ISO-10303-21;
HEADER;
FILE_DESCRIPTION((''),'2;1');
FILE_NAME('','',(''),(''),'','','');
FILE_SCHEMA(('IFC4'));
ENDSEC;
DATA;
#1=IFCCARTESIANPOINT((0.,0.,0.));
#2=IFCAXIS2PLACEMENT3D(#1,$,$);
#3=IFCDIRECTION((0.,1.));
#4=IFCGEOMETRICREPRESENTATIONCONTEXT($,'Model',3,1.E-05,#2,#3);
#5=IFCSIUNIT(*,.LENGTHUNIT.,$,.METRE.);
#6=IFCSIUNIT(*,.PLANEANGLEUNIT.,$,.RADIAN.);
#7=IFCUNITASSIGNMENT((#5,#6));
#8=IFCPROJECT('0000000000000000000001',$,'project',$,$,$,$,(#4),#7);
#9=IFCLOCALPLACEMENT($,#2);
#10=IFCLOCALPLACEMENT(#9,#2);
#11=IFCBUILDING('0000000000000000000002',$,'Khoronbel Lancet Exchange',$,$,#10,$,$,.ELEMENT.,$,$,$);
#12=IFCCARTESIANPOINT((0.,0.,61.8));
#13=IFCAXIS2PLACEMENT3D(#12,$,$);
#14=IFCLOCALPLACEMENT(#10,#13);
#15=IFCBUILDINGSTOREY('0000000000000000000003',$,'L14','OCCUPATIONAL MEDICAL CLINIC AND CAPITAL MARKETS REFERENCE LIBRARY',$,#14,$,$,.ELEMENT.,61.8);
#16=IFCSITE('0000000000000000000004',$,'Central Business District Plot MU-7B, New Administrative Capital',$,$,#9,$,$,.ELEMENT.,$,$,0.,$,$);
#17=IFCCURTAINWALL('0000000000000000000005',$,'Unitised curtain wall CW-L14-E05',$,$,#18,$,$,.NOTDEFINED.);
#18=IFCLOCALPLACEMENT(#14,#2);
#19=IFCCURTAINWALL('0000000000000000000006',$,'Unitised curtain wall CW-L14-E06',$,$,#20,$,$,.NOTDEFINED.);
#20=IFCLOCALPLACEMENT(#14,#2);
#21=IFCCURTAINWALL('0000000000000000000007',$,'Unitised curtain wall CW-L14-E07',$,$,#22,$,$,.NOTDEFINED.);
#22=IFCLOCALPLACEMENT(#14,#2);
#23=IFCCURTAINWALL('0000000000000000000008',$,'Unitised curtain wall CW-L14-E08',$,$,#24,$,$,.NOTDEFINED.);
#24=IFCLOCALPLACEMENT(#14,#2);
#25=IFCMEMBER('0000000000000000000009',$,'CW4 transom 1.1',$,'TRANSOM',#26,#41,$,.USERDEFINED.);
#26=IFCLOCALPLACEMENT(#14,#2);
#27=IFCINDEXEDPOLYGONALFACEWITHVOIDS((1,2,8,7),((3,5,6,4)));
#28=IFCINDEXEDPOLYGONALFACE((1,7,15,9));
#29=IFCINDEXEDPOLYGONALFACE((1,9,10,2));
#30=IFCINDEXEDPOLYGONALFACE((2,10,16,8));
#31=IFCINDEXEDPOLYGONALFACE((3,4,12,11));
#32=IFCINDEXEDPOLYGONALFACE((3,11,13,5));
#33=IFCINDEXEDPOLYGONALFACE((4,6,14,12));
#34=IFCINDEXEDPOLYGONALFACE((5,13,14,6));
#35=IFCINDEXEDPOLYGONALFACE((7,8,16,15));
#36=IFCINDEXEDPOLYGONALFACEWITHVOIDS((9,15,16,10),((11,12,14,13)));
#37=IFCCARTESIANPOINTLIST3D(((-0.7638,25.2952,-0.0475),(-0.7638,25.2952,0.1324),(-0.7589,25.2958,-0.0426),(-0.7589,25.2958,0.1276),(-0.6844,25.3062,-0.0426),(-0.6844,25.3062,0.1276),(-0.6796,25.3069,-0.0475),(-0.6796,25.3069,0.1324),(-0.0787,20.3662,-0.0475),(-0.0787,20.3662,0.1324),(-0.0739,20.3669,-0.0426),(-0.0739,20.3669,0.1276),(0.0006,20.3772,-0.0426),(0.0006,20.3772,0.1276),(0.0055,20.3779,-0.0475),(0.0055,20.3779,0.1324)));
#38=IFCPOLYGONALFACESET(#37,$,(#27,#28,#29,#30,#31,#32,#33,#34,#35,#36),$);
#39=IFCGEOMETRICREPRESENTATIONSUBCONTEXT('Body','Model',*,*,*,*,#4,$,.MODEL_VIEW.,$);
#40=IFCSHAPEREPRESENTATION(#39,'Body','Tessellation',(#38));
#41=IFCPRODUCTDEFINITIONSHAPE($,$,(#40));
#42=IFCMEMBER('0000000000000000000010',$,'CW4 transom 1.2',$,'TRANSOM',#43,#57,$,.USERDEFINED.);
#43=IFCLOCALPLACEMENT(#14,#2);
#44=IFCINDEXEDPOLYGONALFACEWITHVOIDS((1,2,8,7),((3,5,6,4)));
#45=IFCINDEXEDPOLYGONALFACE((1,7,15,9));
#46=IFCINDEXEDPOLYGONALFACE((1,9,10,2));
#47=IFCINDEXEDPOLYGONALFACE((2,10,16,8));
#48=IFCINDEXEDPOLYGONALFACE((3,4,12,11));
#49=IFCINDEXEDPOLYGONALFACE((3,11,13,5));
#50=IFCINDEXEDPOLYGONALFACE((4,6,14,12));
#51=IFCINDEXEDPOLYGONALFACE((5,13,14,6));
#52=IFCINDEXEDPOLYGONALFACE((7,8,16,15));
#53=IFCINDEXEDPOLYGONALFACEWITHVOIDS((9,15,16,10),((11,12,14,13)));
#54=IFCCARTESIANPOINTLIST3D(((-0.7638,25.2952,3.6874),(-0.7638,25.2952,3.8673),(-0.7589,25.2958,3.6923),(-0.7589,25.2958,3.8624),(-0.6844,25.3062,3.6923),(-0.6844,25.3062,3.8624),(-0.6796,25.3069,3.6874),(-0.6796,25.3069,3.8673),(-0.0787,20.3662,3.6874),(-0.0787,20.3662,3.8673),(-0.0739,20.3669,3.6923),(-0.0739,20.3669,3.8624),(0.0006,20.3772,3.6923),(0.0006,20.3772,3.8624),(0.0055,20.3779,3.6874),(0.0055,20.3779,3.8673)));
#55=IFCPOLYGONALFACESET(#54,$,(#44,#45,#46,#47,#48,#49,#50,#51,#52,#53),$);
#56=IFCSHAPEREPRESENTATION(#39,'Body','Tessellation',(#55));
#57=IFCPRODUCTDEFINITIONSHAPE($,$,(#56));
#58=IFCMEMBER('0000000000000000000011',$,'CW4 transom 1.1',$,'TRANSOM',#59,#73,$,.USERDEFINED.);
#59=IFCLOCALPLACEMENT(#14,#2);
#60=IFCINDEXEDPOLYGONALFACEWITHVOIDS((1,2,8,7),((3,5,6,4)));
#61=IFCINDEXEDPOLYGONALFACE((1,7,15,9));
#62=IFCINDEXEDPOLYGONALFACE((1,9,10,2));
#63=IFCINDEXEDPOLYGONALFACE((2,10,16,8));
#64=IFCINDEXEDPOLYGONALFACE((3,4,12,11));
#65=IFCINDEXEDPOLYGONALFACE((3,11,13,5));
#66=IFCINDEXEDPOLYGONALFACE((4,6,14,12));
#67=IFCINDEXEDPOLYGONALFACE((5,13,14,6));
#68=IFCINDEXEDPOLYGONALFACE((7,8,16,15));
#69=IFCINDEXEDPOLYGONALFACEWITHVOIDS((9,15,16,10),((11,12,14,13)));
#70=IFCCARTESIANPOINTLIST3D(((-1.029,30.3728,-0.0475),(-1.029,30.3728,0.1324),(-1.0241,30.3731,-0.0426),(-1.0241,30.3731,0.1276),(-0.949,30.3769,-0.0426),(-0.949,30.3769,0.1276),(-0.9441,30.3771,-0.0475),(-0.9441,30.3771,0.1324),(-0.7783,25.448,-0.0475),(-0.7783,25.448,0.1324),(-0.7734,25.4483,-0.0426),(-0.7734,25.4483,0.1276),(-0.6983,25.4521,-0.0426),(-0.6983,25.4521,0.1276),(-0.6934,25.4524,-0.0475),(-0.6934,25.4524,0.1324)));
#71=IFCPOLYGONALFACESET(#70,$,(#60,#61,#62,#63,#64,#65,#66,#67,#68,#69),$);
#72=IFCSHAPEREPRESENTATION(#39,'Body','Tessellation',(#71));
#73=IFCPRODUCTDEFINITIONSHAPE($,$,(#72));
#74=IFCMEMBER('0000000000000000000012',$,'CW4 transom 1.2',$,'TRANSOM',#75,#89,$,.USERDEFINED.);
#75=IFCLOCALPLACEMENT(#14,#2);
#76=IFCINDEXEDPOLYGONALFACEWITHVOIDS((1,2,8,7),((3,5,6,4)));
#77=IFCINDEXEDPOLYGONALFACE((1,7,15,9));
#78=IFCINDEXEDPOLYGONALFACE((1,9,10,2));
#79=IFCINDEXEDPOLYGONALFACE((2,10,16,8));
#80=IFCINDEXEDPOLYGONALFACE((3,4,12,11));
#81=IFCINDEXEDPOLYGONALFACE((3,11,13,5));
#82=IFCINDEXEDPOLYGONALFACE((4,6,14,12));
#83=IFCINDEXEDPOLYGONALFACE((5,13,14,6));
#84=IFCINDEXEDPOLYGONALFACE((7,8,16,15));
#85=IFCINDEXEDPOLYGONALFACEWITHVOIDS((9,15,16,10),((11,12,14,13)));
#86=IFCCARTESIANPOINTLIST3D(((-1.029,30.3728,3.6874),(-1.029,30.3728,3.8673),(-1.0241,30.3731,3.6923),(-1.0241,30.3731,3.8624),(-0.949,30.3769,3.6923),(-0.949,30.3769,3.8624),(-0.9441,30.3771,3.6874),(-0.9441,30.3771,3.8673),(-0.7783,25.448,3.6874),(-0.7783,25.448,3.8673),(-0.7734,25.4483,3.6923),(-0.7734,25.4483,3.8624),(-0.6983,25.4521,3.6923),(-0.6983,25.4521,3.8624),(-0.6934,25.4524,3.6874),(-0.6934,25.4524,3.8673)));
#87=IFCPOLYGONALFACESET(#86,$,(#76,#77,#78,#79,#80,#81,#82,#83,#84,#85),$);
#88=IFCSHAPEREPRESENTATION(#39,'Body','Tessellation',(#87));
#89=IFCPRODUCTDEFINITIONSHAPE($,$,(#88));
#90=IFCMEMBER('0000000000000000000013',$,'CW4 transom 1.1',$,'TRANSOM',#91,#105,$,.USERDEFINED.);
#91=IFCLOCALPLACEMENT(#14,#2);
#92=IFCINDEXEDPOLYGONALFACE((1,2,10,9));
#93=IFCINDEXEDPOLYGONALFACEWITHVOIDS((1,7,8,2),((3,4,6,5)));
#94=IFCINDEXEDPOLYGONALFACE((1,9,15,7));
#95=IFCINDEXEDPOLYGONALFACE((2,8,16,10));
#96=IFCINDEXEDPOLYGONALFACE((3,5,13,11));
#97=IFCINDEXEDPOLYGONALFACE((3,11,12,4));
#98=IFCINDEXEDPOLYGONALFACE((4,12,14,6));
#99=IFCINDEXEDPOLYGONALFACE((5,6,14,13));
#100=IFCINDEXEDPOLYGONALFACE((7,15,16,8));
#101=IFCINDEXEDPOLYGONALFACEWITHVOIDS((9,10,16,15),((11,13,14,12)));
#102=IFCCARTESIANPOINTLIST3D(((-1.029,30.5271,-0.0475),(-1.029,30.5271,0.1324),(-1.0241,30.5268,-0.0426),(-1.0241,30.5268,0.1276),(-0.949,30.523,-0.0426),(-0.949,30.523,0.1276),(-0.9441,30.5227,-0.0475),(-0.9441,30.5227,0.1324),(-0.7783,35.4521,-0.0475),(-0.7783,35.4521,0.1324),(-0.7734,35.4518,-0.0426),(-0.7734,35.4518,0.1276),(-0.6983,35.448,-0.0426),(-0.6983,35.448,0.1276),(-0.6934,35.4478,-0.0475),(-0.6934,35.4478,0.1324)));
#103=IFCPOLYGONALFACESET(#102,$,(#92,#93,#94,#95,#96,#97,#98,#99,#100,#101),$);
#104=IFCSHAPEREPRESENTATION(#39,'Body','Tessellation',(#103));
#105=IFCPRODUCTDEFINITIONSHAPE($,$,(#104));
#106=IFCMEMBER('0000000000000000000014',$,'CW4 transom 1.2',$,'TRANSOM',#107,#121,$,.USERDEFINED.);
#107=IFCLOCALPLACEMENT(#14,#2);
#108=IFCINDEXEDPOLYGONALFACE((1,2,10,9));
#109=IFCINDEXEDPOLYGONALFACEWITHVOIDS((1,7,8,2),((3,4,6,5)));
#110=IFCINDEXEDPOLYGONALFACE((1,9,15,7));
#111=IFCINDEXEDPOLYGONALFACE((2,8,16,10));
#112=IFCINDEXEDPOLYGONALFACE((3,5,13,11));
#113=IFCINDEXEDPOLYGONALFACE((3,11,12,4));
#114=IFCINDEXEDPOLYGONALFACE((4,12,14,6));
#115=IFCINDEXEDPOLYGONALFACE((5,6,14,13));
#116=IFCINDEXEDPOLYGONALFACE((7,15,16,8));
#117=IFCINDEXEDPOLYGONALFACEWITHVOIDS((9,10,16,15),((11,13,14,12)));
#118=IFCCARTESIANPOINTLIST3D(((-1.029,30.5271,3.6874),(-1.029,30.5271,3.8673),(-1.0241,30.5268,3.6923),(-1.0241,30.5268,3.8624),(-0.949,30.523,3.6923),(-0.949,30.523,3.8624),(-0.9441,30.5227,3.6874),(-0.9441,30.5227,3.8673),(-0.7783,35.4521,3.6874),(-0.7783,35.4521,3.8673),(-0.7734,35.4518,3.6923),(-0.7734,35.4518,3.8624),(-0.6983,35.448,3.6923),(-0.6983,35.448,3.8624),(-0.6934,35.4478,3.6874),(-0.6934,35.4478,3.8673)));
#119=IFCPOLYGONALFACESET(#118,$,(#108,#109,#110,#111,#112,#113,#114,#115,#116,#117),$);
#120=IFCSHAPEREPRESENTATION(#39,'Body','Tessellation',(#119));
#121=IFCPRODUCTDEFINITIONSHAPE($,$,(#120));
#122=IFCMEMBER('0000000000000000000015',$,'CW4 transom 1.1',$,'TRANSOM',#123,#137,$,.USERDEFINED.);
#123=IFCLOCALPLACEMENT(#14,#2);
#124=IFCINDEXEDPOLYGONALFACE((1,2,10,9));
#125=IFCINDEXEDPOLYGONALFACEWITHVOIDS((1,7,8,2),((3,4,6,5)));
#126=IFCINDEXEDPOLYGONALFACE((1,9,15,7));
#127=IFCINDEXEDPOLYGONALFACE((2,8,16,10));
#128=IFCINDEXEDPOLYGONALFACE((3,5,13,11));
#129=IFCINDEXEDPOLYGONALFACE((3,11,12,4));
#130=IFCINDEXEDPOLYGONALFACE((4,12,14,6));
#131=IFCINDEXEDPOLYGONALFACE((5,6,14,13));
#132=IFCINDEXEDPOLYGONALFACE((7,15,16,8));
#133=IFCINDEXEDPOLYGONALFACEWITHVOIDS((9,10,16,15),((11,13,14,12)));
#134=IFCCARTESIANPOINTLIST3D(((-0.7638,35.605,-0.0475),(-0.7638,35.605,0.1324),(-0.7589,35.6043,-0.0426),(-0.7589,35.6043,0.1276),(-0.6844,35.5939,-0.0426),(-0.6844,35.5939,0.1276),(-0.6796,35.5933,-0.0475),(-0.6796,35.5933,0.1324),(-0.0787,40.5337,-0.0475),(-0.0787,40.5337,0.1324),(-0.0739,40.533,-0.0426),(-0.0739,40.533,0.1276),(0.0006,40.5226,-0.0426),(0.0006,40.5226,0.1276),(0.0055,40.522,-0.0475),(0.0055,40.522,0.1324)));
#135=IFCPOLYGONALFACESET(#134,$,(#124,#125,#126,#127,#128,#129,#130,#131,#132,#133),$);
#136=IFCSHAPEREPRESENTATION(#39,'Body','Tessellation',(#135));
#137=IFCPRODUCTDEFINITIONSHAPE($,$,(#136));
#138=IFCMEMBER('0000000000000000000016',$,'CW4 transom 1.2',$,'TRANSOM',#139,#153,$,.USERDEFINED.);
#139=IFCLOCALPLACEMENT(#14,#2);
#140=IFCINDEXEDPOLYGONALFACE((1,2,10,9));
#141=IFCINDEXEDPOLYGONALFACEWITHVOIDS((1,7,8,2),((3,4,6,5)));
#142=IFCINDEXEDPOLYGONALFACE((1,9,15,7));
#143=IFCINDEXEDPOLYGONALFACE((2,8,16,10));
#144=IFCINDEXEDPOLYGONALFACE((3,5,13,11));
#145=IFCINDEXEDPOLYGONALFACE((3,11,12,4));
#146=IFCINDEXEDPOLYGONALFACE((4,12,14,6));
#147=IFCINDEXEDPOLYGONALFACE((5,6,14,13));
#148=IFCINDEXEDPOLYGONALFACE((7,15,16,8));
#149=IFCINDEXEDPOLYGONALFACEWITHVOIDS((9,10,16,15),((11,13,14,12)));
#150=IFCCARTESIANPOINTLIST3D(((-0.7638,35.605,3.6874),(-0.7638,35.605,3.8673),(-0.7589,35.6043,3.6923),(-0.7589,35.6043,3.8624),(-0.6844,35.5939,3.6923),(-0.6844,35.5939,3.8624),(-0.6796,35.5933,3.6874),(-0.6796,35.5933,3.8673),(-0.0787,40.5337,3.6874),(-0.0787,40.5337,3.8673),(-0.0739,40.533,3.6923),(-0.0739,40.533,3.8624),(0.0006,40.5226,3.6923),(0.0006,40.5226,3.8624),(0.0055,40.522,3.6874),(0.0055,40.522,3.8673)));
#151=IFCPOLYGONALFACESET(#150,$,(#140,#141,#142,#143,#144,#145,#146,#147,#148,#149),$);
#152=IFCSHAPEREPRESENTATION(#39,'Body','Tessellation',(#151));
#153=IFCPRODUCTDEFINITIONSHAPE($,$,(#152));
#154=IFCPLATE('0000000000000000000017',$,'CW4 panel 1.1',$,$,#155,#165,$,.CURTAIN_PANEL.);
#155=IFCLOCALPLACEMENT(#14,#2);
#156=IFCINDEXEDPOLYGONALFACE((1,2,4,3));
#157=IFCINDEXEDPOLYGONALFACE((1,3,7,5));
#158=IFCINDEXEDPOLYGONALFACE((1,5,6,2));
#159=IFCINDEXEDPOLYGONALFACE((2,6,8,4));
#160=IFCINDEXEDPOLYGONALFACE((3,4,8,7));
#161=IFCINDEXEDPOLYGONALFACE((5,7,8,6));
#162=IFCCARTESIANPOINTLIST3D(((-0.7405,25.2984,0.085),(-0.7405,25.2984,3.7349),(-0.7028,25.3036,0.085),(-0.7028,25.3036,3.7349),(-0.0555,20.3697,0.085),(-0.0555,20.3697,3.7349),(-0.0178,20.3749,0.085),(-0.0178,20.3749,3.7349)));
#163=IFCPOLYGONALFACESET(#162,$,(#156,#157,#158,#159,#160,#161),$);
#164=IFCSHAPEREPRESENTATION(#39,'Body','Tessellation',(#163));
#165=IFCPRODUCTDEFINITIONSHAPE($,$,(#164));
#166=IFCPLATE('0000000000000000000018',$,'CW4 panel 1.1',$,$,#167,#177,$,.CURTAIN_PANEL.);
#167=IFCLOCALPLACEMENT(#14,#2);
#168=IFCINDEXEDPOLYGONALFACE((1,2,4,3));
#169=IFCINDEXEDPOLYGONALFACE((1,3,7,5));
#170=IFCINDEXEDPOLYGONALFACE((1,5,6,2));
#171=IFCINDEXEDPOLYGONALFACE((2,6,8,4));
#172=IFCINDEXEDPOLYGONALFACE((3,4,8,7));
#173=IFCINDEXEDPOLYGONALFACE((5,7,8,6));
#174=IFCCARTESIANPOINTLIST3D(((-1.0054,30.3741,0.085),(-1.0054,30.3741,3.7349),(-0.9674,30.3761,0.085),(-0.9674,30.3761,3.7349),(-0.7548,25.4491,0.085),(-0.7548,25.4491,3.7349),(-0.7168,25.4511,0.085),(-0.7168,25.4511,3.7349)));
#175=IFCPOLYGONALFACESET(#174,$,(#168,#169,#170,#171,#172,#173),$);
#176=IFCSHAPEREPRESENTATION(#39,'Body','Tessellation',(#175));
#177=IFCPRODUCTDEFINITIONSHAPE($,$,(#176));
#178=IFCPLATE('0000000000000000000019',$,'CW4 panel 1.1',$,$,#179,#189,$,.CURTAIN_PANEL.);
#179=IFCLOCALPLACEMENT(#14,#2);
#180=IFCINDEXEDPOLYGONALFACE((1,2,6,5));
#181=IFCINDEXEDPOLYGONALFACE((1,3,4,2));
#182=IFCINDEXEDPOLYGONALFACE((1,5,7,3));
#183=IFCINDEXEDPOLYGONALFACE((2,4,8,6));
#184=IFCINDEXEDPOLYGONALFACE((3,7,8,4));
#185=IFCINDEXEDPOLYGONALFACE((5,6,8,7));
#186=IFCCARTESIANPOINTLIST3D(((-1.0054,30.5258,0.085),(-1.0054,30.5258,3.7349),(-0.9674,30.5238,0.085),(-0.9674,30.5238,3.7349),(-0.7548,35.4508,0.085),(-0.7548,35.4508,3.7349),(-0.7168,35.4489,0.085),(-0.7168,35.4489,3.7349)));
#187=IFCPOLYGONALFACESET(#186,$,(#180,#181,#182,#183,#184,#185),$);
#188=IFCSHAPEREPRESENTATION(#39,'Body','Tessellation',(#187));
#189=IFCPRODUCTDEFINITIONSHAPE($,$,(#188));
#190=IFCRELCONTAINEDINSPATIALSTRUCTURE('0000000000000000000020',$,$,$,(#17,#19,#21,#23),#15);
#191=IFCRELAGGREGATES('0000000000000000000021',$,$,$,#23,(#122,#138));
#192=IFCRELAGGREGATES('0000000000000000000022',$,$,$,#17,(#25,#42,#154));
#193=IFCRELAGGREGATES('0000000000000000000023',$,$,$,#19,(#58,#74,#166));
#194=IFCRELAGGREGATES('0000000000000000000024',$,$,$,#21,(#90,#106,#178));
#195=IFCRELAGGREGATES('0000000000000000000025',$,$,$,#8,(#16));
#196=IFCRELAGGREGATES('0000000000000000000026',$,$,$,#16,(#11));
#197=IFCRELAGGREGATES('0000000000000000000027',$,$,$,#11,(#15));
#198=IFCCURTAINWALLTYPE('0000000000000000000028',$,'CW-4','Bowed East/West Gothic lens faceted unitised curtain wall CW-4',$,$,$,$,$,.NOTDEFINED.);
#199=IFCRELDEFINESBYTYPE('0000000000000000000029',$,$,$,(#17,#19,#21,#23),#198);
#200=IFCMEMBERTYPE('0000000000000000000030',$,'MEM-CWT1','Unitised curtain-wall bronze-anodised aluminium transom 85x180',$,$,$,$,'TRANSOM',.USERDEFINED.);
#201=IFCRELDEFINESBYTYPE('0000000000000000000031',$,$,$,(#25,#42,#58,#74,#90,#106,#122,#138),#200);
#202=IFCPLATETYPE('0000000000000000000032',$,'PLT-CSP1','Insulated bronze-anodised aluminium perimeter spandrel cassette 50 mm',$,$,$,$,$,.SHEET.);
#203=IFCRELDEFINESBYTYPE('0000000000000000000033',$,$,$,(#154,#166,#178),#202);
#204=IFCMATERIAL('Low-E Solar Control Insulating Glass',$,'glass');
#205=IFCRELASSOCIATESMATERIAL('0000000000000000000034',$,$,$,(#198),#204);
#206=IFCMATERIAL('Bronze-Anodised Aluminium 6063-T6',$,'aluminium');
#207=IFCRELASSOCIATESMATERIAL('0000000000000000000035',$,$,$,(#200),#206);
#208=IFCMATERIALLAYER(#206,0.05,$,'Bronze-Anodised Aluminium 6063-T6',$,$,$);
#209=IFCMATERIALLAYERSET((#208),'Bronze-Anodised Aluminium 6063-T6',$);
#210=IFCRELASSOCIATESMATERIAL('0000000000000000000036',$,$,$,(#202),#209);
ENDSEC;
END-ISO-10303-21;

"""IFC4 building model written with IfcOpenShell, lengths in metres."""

from ifc_helpers import new_model, si_unit, direction, frame, origin, origin_2d, place, context, subcontext, project, spatial, rectangle, hollow_rectangle, extrude, material, layer, layer_set, material_profile, profile_set, type_object, element, aggregate, save


model = new_model("IFC4")

# Units and contexts
model_context = context("Model", 3, precision=1e-05, world=origin(), true_north=direction((0.0, 1.0)))
body_context = subcontext(model_context, "Body", "Model", "MODEL_VIEW")
ifc_project = project(units=[si_unit("LENGTHUNIT", "METRE"), si_unit("PLANEANGLEUNIT", "RADIAN")], contexts=[model_context])

# Site, building, storey
site_placement = place(None, origin())
site = spatial("IfcSite", under=ifc_project, at=site_placement, Name="Central Business District Plot MU-7B, New Administrative Capital", CompositionType="ELEMENT", RefElevation=0.0)
building_placement = place(site_placement, origin())
building = spatial("IfcBuilding", under=site, at=building_placement, Name="Khoronbel Lancet Exchange", CompositionType="ELEMENT")
storey_placement = place(building_placement, frame((0.0, 0.0, 61.8)))
storey = spatial("IfcBuildingStorey", under=building, at=storey_placement, Name="L14", Description="OCCUPATIONAL MEDICAL CLINIC AND CAPITAL MARKETS REFERENCE LIBRARY", CompositionType="ELEMENT", Elevation=61.8)

# Curtain walls
ifc_material_1 = material(Name="Low-E Solar Control Insulating Glass", Category="glass")
curtain_wall_type = type_object("IfcCurtainWallType", Name="CW-4", Description="Bowed East/West Gothic lens faceted unitised curtain wall CW-4", PredefinedType="NOTDEFINED", material=ifc_material_1)
ifc_material_2 = material(Name="Bronze-Anodised Aluminium 6063-T6", Category="aluminium")
curtain_wall_1_placement = place(storey_placement, origin())
curtain_wall_1 = element("IfcCurtainWall", 1, at=curtain_wall_1_placement, inside=storey, type_object=curtain_wall_type, Name="Unitised curtain wall CW-L14-E05", PredefinedType="NOTDEFINED")
curtain_wall_2_placement = place(storey_placement, origin())
curtain_wall_2 = element("IfcCurtainWall", 2, at=curtain_wall_2_placement, inside=storey, type_object=curtain_wall_type, Name="Unitised curtain wall CW-L14-E06", PredefinedType="NOTDEFINED")
curtain_wall_3_placement = place(storey_placement, origin())
curtain_wall_3 = element("IfcCurtainWall", 3, at=curtain_wall_3_placement, inside=storey, type_object=curtain_wall_type, Name="Unitised curtain wall CW-L14-E07", PredefinedType="NOTDEFINED")

# Curtain wall
curtain_wall_4_placement = place(storey_placement, origin())
curtain_wall_4 = element("IfcCurtainWall", 4, at=curtain_wall_4_placement, inside=storey, type_object=curtain_wall_type, Name="Unitised curtain wall CW-L14-E08", PredefinedType="NOTDEFINED")

# Members
ifc_material_profile_1 = material_profile(ifc_material_2, hollow_rectangle(XDim=0.085, YDim=0.1799, WallThickness=0.0049, at=origin_2d()), Name="ALU TRANSOM 85x180")
ifc_profile_set_1 = profile_set([ifc_material_profile_1], Name="Bronze-Anodised Aluminium 6063-T6")
member_type_1 = type_object("IfcMemberType", Name="MEM-CWT1", Description="Unitised curtain-wall bronze-anodised aluminium transom 85x180", ElementType="TRANSOM", PredefinedType="USERDEFINED", material=ifc_profile_set_1)
member_1_placement = place(storey_placement, frame((-0.0366, 20.3721, 0.0425), z_axis=(-0.137663, 0.990479, 0.0), x_axis=(-0.990479, -0.137663, 0.0)))
member_1 = element("IfcMember", 5, at=member_1_placement, type_object=member_type_1, Name="CW4 transom 1.1", ObjectType="TRANSOM", PredefinedType="USERDEFINED", context=body_context, shape_type="SweptSolid", body=[
    extrude(hollow_rectangle(XDim=0.085, YDim=0.1799, WallThickness=0.0049, at=origin_2d()), origin(), (0.0, 0.0, 1.0), 4.9763),
])
member_2_placement = place(storey_placement, frame((-0.0366, 20.3721, 3.7773), z_axis=(-0.137663, 0.990479, 0.0), x_axis=(-0.990479, -0.137663, 0.0)))
member_2 = element("IfcMember", 6, at=member_2_placement, type_object=member_type_1, Name="CW4 transom 1.2", ObjectType="TRANSOM", PredefinedType="USERDEFINED", context=body_context, shape_type="SweptSolid", body=[
    extrude(hollow_rectangle(XDim=0.085, YDim=0.1799, WallThickness=0.0049, at=origin_2d()), origin(), (0.0, 0.0, 1.0), 4.9763),
])
member_3_placement = place(storey_placement, frame((-0.7358, 25.4502, 0.0425), z_axis=(-0.050846, 0.998706, 0.0), x_axis=(-0.998706, -0.050846, 0.0)))
member_3 = element("IfcMember", 7, at=member_3_placement, type_object=member_type_1, Name="CW4 transom 1.1", ObjectType="TRANSOM", PredefinedType="USERDEFINED", context=body_context, shape_type="SweptSolid", body=[
    extrude(hollow_rectangle(XDim=0.085, YDim=0.1799, WallThickness=0.0049, at=origin_2d()), origin(), (0.0, 0.0, 1.0), 4.9312),
])
member_4_placement = place(storey_placement, frame((-0.7358, 25.4502, 3.7773), z_axis=(-0.050846, 0.998706, 0.0), x_axis=(-0.998706, -0.050846, 0.0)))
member_4 = element("IfcMember", 8, at=member_4_placement, type_object=member_type_1, Name="CW4 transom 1.2", ObjectType="TRANSOM", PredefinedType="USERDEFINED", context=body_context, shape_type="SweptSolid", body=[
    extrude(hollow_rectangle(XDim=0.085, YDim=0.1799, WallThickness=0.0049, at=origin_2d()), origin(), (0.0, 0.0, 1.0), 4.9312),
])
member_5_placement = place(storey_placement, frame((-0.9866, 30.5249, 0.0425), z_axis=(0.050844, 0.998707, 0.0), x_axis=(-0.998707, 0.050844, 0.0)))
member_5 = element("IfcMember", 9, at=member_5_placement, type_object=member_type_1, Name="CW4 transom 1.1", ObjectType="TRANSOM", PredefinedType="USERDEFINED", context=body_context, shape_type="SweptSolid", body=[
    extrude(hollow_rectangle(XDim=0.085, YDim=0.1799, WallThickness=0.0049, at=origin_2d()), origin(), (0.0, 0.0, 1.0), 4.9314),
])
member_6_placement = place(storey_placement, frame((-0.9866, 30.5249, 3.7773), z_axis=(0.050844, 0.998707, 0.0), x_axis=(-0.998707, 0.050844, 0.0)))
member_6 = element("IfcMember", 10, at=member_6_placement, type_object=member_type_1, Name="CW4 transom 1.2", ObjectType="TRANSOM", PredefinedType="USERDEFINED", context=body_context, shape_type="SweptSolid", body=[
    extrude(hollow_rectangle(XDim=0.085, YDim=0.1799, WallThickness=0.0049, at=origin_2d()), origin(), (0.0, 0.0, 1.0), 4.9314),
])
member_7_placement = place(storey_placement, frame((-0.7217, 35.5991, 0.0425), z_axis=(0.13767, 0.990478, 0.0), x_axis=(-0.990478, 0.13767, 0.0)))
member_7 = element("IfcMember", 11, at=member_7_placement, type_object=member_type_1, Name="CW4 transom 1.1", ObjectType="TRANSOM", PredefinedType="USERDEFINED", context=body_context, shape_type="SweptSolid", body=[
    extrude(hollow_rectangle(XDim=0.085, YDim=0.1799, WallThickness=0.0049, at=origin_2d()), origin(), (0.0, 0.0, 1.0), 4.9761),
])
member_8_placement = place(storey_placement, frame((-0.7217, 35.5991, 3.7773), z_axis=(0.13767, 0.990478, 0.0), x_axis=(-0.990478, 0.13767, 0.0)))
member_8 = element("IfcMember", 12, at=member_8_placement, type_object=member_type_1, Name="CW4 transom 1.2", ObjectType="TRANSOM", PredefinedType="USERDEFINED", context=body_context, shape_type="SweptSolid", body=[
    extrude(hollow_rectangle(XDim=0.085, YDim=0.1799, WallThickness=0.0049, at=origin_2d()), origin(), (0.0, 0.0, 1.0), 4.9761),
])
aggregate(curtain_wall_4, [member_7, member_8])

# Plates
ifc_layer_1 = layer(ifc_material_2, 0.05, Name="Bronze-Anodised Aluminium 6063-T6")
ifc_layer_set_1 = layer_set([ifc_layer_1], Name="Bronze-Anodised Aluminium 6063-T6")
plate_type_1 = type_object("IfcPlateType", Name="PLT-CSP1", Description="Insulated bronze-anodised aluminium perimeter spandrel cassette 50 mm", PredefinedType="SHEET", material=ifc_layer_set_1)
plate_1_placement = place(storey_placement, frame((-0.3792, 22.8367, 0.085), z_axis=(0.0, 0.0, 1.0), x_axis=(-0.137668, 0.990478, 0.0)))
plate_1 = element("IfcPlate", 13, at=plate_1_placement, type_object=plate_type_1, Name="CW4 panel 1.1", PredefinedType="CURTAIN_PANEL", context=body_context, shape_type="SweptSolid", body=[
    extrude(rectangle(XDim=4.9761, YDim=0.0381, at=origin_2d()), origin(), (0.0, 0.0, 1.0), 3.6499),
])
aggregate(curtain_wall_1, [member_1, member_2, plate_1])
plate_2_placement = place(storey_placement, frame((-0.8611, 27.9126, 0.085), z_axis=(0.0, 0.0, 1.0), x_axis=(-0.050813, 0.998708, 0.0)))
plate_2 = element("IfcPlate", 14, at=plate_2_placement, type_object=plate_type_1, Name="CW4 panel 1.1", PredefinedType="CURTAIN_PANEL", context=body_context, shape_type="SweptSolid", body=[
    extrude(rectangle(XDim=4.9314, YDim=0.0381, at=origin_2d()), origin(), (0.0, 0.0, 1.0), 3.6499),
])
aggregate(curtain_wall_2, [member_3, member_4, plate_2])
plate_3_placement = place(storey_placement, frame((-0.8611, 32.9873, 0.085), z_axis=(0.0, 0.0, 1.0), x_axis=(0.050813, 0.998708, 0.0)))
plate_3 = element("IfcPlate", 15, at=plate_3_placement, type_object=plate_type_1, Name="CW4 panel 1.1", PredefinedType="CURTAIN_PANEL", context=body_context, shape_type="SweptSolid", body=[
    extrude(rectangle(XDim=4.9314, YDim=0.0381, at=origin_2d()), origin(), (0.0, 0.0, 1.0), 3.6499),
])
aggregate(curtain_wall_3, [member_5, member_6, plate_3])

save(model, "model.ifc")
